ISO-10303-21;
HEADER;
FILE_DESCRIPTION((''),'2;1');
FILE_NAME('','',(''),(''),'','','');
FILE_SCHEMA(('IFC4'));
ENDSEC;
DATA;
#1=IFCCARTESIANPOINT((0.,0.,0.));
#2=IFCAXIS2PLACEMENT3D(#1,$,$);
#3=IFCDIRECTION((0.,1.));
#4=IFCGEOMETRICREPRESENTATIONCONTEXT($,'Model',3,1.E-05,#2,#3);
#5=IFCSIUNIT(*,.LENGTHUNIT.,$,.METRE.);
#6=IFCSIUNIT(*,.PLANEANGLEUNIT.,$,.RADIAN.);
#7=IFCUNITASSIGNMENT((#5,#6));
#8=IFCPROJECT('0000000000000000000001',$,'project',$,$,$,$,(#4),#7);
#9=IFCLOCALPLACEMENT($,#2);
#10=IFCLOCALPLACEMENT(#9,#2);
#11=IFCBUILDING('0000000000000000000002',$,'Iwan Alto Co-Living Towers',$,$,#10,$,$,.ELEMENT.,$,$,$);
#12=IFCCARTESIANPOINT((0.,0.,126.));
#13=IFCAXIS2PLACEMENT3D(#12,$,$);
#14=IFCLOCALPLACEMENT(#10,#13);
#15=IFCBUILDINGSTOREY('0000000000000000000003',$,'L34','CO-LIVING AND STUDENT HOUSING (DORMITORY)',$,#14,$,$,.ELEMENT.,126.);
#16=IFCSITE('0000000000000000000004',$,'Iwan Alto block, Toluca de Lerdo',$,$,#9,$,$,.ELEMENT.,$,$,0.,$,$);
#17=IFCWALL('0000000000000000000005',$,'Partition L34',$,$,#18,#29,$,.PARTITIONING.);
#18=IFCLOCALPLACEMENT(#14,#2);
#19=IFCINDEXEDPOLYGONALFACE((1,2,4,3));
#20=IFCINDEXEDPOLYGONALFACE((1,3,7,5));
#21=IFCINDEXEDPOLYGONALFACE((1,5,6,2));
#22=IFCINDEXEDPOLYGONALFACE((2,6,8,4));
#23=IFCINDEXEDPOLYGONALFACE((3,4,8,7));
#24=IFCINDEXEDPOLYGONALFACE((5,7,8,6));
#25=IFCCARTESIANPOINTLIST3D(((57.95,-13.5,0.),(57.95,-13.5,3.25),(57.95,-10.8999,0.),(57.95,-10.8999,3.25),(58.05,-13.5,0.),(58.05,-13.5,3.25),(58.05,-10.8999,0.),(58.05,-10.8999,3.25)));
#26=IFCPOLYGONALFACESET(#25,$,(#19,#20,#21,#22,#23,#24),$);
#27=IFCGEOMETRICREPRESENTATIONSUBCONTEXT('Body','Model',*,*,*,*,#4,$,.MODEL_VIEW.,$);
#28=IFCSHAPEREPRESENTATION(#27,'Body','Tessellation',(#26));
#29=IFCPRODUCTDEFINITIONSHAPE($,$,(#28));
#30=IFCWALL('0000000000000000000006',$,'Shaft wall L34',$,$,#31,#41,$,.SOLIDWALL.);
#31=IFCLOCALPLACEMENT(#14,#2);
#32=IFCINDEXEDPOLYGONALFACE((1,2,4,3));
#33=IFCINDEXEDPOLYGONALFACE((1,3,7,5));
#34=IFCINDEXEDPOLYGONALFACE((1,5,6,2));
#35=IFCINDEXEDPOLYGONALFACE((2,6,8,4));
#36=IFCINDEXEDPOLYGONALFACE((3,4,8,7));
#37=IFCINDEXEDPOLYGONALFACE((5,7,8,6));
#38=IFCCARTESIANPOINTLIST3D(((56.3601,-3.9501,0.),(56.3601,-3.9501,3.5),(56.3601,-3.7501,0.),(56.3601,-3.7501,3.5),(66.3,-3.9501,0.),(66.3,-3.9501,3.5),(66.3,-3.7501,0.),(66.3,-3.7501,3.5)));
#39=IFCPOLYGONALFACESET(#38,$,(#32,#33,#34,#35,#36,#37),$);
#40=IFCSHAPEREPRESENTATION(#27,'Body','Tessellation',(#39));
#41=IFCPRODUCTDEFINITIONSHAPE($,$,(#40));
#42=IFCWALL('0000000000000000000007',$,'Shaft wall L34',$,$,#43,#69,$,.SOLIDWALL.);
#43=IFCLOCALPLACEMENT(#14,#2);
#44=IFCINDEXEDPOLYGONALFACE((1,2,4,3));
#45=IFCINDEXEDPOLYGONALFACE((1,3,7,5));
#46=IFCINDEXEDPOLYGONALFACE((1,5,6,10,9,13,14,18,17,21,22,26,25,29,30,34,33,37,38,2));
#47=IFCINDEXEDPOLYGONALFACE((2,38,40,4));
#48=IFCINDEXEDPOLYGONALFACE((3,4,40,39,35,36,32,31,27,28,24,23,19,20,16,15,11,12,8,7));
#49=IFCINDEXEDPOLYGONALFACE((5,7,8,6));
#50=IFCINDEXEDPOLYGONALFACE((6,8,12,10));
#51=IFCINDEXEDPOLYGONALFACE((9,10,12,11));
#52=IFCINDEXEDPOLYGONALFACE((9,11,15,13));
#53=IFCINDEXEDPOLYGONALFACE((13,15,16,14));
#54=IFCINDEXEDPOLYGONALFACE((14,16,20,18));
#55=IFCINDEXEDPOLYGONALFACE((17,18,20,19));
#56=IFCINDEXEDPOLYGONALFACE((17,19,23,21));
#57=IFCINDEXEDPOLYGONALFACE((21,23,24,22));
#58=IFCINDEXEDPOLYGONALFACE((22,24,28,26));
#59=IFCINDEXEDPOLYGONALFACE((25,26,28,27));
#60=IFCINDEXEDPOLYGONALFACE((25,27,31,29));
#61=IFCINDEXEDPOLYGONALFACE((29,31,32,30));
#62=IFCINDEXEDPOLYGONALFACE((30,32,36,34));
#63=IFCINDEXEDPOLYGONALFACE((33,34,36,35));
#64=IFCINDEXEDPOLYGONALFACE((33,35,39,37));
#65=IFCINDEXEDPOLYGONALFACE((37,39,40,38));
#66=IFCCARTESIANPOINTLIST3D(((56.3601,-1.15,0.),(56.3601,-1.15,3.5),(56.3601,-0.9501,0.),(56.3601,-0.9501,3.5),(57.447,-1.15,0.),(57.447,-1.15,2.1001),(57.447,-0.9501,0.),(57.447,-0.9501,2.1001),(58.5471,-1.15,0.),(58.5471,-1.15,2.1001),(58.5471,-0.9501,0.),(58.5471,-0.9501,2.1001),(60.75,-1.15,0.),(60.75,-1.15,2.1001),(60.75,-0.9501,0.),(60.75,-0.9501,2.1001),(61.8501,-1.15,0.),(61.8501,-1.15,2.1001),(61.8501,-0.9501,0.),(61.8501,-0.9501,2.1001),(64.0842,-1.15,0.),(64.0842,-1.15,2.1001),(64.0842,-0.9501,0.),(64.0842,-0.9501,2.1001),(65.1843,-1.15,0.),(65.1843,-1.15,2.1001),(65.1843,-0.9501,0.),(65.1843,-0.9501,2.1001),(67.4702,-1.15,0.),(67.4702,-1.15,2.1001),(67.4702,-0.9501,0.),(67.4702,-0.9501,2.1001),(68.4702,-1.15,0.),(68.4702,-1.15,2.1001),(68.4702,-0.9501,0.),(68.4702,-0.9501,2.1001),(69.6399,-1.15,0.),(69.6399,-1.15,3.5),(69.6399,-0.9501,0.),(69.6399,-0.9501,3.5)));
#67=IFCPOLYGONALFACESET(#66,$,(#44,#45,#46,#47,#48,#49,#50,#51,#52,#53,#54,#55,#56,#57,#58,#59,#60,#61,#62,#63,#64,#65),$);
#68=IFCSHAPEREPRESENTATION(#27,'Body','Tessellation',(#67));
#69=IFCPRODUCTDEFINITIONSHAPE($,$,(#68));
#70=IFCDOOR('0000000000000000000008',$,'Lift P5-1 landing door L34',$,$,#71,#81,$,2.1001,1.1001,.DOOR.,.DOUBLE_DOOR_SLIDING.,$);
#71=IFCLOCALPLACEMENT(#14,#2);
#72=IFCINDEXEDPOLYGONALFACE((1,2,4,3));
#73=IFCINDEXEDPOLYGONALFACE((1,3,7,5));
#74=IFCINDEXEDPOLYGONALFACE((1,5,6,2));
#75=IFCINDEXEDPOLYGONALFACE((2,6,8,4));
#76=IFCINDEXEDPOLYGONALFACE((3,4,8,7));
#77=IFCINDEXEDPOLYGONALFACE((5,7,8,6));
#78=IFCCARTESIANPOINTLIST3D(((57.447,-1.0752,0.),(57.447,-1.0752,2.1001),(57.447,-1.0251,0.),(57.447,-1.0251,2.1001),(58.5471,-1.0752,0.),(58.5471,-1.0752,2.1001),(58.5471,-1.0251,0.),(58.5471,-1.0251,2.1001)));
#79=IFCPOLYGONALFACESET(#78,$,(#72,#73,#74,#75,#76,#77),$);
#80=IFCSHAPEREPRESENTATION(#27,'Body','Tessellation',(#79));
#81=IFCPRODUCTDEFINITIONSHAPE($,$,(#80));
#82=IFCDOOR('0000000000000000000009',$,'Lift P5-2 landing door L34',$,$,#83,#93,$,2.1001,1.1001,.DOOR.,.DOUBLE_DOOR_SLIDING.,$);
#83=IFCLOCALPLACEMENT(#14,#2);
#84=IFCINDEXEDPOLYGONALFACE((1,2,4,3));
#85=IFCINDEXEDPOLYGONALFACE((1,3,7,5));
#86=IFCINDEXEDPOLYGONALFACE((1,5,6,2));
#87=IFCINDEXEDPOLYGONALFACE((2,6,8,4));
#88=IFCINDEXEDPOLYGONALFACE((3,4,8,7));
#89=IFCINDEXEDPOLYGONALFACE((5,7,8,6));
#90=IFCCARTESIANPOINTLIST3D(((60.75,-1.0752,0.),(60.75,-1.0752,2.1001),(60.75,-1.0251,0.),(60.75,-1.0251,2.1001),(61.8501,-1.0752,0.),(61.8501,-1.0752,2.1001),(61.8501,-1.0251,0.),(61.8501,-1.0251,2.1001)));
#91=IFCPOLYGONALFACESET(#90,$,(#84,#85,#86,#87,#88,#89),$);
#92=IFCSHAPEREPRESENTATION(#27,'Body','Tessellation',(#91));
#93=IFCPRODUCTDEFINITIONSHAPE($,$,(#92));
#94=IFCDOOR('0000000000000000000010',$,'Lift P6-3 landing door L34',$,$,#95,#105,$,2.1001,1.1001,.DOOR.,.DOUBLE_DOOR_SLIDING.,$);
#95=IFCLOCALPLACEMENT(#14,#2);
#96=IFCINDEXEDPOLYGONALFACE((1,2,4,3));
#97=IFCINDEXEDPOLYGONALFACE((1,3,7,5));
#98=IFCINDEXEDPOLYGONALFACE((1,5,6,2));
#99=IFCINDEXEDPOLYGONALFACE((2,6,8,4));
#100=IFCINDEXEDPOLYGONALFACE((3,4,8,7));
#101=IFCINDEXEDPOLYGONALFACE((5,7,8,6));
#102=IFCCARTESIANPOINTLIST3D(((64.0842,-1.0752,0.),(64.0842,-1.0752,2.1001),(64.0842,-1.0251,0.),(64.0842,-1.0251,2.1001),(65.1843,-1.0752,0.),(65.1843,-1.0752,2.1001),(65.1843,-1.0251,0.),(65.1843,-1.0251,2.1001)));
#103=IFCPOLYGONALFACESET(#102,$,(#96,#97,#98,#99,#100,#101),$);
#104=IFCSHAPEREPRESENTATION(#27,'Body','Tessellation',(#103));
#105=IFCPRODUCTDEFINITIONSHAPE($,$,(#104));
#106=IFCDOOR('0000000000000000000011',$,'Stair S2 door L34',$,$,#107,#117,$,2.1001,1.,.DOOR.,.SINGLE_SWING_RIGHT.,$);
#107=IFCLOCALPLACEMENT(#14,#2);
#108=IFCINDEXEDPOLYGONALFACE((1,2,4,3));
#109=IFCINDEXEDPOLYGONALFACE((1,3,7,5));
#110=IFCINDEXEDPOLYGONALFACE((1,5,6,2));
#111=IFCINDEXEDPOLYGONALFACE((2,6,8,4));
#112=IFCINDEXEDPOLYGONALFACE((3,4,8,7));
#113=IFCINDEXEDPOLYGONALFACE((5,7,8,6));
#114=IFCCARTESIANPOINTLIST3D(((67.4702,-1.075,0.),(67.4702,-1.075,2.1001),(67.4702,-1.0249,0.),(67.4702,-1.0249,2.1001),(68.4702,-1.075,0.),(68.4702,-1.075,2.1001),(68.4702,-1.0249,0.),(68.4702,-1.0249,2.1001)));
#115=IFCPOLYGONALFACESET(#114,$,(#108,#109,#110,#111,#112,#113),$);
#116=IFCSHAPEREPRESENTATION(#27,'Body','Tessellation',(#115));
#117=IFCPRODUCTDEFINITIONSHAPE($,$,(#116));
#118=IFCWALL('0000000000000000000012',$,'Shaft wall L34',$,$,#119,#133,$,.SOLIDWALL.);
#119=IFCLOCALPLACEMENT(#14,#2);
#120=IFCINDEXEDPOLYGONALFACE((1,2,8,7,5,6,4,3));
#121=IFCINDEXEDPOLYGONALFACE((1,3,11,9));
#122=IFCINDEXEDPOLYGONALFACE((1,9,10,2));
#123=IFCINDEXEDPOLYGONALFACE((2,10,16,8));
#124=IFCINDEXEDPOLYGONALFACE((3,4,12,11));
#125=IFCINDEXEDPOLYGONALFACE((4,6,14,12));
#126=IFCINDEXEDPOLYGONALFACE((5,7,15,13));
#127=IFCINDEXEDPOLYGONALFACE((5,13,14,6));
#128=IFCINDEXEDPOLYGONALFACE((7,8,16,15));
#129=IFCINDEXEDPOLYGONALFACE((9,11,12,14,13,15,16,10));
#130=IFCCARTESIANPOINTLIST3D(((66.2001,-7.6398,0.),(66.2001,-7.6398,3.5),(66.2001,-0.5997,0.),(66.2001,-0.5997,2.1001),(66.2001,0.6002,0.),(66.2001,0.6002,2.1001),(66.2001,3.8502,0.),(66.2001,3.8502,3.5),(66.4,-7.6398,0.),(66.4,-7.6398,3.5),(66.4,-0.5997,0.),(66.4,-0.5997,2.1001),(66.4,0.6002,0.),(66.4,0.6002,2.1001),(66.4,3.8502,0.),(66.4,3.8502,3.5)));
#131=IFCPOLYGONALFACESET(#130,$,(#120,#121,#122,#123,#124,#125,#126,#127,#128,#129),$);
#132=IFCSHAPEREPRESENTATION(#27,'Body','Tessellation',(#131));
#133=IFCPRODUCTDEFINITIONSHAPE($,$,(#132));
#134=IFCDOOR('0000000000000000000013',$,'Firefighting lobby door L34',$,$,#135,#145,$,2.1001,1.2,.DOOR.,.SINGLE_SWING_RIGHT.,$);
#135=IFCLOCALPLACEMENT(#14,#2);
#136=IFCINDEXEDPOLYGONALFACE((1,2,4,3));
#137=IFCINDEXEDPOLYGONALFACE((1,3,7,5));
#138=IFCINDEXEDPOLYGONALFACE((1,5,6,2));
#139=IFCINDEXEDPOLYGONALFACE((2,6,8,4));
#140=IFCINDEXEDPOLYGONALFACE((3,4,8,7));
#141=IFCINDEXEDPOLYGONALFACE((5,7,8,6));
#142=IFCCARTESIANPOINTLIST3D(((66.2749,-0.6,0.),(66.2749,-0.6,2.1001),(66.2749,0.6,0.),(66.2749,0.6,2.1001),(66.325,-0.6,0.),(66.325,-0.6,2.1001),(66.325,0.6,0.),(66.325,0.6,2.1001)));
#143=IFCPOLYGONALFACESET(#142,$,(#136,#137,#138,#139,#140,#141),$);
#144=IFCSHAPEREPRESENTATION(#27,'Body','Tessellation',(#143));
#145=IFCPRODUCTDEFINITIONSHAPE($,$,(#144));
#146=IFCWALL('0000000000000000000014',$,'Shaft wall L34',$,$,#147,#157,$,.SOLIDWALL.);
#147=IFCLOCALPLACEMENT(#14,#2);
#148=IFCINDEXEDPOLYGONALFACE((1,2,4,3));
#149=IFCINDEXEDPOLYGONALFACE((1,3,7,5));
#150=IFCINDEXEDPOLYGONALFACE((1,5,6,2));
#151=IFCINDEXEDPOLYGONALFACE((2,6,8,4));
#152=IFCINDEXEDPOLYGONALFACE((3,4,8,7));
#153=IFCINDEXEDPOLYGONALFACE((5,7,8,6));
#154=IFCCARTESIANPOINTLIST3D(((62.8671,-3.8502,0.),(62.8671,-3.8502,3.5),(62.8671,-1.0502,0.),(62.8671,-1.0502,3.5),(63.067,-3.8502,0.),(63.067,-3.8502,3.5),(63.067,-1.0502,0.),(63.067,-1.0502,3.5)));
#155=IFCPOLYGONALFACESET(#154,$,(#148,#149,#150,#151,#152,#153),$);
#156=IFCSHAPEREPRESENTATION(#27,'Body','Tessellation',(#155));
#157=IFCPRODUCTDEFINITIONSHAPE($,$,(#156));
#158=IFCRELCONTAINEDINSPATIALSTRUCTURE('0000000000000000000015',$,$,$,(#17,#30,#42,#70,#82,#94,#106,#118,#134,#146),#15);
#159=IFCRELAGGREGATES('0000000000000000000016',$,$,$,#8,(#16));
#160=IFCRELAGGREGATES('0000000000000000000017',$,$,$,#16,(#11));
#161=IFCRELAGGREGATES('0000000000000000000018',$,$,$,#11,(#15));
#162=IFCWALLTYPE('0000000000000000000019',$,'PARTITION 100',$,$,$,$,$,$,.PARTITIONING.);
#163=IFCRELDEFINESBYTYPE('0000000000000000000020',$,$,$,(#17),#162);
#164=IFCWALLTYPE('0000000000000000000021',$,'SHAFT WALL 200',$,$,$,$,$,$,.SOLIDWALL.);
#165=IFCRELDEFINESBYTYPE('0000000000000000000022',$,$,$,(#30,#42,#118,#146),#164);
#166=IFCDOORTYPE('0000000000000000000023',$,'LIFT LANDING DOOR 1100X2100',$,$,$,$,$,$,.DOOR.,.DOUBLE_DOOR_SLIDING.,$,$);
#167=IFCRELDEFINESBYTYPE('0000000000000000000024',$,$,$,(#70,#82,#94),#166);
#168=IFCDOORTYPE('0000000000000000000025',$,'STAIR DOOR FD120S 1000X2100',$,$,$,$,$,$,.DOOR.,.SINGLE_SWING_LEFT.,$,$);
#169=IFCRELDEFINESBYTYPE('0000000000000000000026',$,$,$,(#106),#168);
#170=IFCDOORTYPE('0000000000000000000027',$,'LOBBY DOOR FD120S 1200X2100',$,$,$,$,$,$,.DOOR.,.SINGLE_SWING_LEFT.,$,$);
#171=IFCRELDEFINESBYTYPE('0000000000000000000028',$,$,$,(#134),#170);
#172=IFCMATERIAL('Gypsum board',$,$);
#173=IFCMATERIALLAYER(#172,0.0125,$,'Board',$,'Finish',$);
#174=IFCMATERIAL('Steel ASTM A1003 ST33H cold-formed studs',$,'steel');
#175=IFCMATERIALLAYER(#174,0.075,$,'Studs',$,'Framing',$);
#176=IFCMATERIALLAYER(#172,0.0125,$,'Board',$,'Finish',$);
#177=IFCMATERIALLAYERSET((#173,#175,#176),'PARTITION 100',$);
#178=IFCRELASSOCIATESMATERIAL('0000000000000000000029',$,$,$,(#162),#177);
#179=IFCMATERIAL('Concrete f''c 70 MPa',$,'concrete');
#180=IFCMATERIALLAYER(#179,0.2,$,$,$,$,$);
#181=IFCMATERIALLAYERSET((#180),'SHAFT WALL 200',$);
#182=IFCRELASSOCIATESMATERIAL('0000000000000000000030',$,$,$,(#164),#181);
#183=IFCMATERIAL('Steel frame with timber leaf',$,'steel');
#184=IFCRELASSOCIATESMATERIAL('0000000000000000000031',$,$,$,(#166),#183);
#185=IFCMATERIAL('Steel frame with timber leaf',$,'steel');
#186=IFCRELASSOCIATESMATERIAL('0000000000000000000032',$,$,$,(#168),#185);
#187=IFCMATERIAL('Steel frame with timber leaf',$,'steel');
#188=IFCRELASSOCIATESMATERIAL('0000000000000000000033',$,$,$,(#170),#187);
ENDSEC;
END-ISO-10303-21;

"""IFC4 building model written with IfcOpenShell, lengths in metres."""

from ifc_helpers import new_model, si_unit, direction, frame, frame_2d, origin, place, context, subcontext, project, spatial, rectangle, extrude, material, layer, layer_set, type_object, element, fill, save


model = new_model("IFC4")

# Units and contexts
model_context = context("Model", 3, precision=1e-05, world=origin(), true_north=direction((0.0, 1.0)))
body_context = subcontext(model_context, "Body", "Model", "MODEL_VIEW")
ifc_project = project(units=[si_unit("LENGTHUNIT", "METRE"), si_unit("PLANEANGLEUNIT", "RADIAN")], contexts=[model_context])

# Site, building, storey
site_placement = place(None, origin())
site = spatial("IfcSite", under=ifc_project, at=site_placement, Name="Iwan Alto block, Toluca de Lerdo", CompositionType="ELEMENT", RefElevation=0.0)
building_placement = place(site_placement, origin())
building = spatial("IfcBuilding", under=site, at=building_placement, Name="Iwan Alto Co-Living Towers", CompositionType="ELEMENT")
storey_placement = place(building_placement, frame((0.0, 0.0, 126.0)))
storey = spatial("IfcBuildingStorey", under=building, at=storey_placement, Name="L34", Description="CO-LIVING AND STUDENT HOUSING (DORMITORY)", CompositionType="ELEMENT", Elevation=126.0)

# Shared definitions
ifc_material_1 = material(Name="Gypsum board")
ifc_layer_1 = layer(ifc_material_1, 0.0125, Name="Board", Category="Finish")
ifc_material_2 = material(Name="Steel ASTM A1003 ST33H cold-formed studs", Category="steel")
ifc_layer_2 = layer(ifc_material_2, 0.075, Name="Studs", Category="Framing")
ifc_layer_3 = layer(ifc_material_1, 0.0125, Name="Board", Category="Finish")
ifc_layer_set_1 = layer_set([ifc_layer_1, ifc_layer_2, ifc_layer_3], Name="PARTITION 100")
wall_type_1 = type_object("IfcWallType", Name="PARTITION 100", PredefinedType="PARTITIONING", material=ifc_layer_set_1)

# Walls
for number, where, z_axis, x_axis, name in (
    (1, (58.0, -13.5, 0.0), (0.0, 0.0, 1.0), (0.0, 1.0, 0.0), "Partition L34"),
):
    element("IfcWall", number, at=place(storey_placement, frame(where, z_axis=z_axis, x_axis=x_axis)), inside=storey, type_object=wall_type_1, Name=name, PredefinedType="PARTITIONING", context=body_context, shape_type="SweptSolid", body=[
        extrude(rectangle(XDim=2.6001, YDim=0.1001, at=frame_2d((1.3, 0.0))), origin(), (0.0, 0.0, 1.0), 3.25),
    ])
ifc_material_3 = material(Name="Concrete f'c 70 MPa", Category="concrete")
ifc_layer_4 = layer(ifc_material_3, 0.2)
ifc_layer_set_2 = layer_set([ifc_layer_4], Name="SHAFT WALL 200")
wall_type_2 = type_object("IfcWallType", Name="SHAFT WALL 200", PredefinedType="SOLIDWALL", material=ifc_layer_set_2)
wall_1_placement = place(storey_placement, frame((56.3601, -3.8501, 0.0), z_axis=(0.0, 0.0, 1.0), x_axis=(1.0, 0.0, 0.0)))
element("IfcWall", 2, at=wall_1_placement, inside=storey, type_object=wall_type_2, Name="Shaft wall L34", PredefinedType="SOLIDWALL", context=body_context, shape_type="SweptSolid", body=[
    extrude(rectangle(XDim=9.9399, YDim=0.2, at=frame_2d((4.97, 0.0))), origin(), (0.0, 0.0, 1.0), 3.5),
])

# Wall, openings, doors
wall_2_placement = place(storey_placement, frame((56.3601, -1.05, 0.0), z_axis=(0.0, 0.0, 1.0), x_axis=(1.0, 0.0, 0.0)))
wall_2 = element("IfcWall", 3, at=wall_2_placement, inside=storey, type_object=wall_type_2, Name="Shaft wall L34", PredefinedType="SOLIDWALL", context=body_context, shape_type="SweptSolid", body=[
    extrude(rectangle(XDim=13.2798, YDim=0.2, at=frame_2d((6.6399, 0.0))), origin(), (0.0, 0.0, 1.0), 3.5),
])
opening_1_placement = place(wall_2_placement, frame((11.1101, 0.0, 0.0)))
opening_1 = element("IfcOpeningElement", 4, at=opening_1_placement, cuts=wall_2, PredefinedType="OPENING", context=body_context, shape_type="SweptSolid", body=[
    extrude(rectangle(XDim=1.0, YDim=2.1001, at=frame_2d((0.5, 1.05))), frame((0.0, 0.1099, 0.0), z_axis=(0.0, -1.0, 0.0), x_axis=(1.0, 0.0, 0.0)), (0.0, 0.0, 1.0), 0.22),
])
opening_2_placement = place(wall_2_placement, frame((1.0869, 0.0, 0.0)))
opening_2 = element("IfcOpeningElement", 5, at=opening_2_placement, cuts=wall_2, PredefinedType="OPENING", context=body_context, shape_type="SweptSolid", body=[
    extrude(rectangle(XDim=1.1001, YDim=2.1001, at=frame_2d((0.55, 1.05))), frame((0.0, 0.1099, 0.0), z_axis=(0.0, -1.0, 0.0), x_axis=(1.0, 0.0, 0.0)), (0.0, 0.0, 1.0), 0.22),
])
opening_3_placement = place(wall_2_placement, frame((4.3899, 0.0, 0.0)))
opening_3 = element("IfcOpeningElement", 6, at=opening_3_placement, cuts=wall_2, PredefinedType="OPENING", context=body_context, shape_type="SweptSolid", body=[
    extrude(rectangle(XDim=1.1001, YDim=2.1001, at=frame_2d((0.55, 1.05))), frame((0.0, 0.1099, 0.0), z_axis=(0.0, -1.0, 0.0), x_axis=(1.0, 0.0, 0.0)), (0.0, 0.0, 1.0), 0.22),
])
opening_4_placement = place(wall_2_placement, frame((7.7241, 0.0, 0.0)))
opening_4 = element("IfcOpeningElement", 7, at=opening_4_placement, cuts=wall_2, PredefinedType="OPENING", context=body_context, shape_type="SweptSolid", body=[
    extrude(rectangle(XDim=1.1001, YDim=2.1001, at=frame_2d((0.55, 1.05))), frame((0.0, 0.1099, 0.0), z_axis=(0.0, -1.0, 0.0), x_axis=(1.0, 0.0, 0.0)), (0.0, 0.0, 1.0), 0.22),
])
ifc_material_4 = material(Name="Steel frame with timber leaf", Category="steel")
door_type_1 = type_object("IfcDoorType", Name="LIFT LANDING DOOR 1100X2100", OperationType="DOUBLE_DOOR_SLIDING", PredefinedType="DOOR", material=ifc_material_4)
door_1_placement = place(opening_2_placement, origin())
door_1 = element("IfcDoor", 8, at=door_1_placement, inside=storey, type_object=door_type_1, Name="Lift P5-1 landing door L34", OperationType="DOUBLE_DOOR_SLIDING", OverallHeight=2.1001, OverallWidth=1.1001, PredefinedType="DOOR", context=body_context, shape_type="SweptSolid", body=[
    extrude(rectangle(XDim=1.1001, YDim=2.1001, at=frame_2d((0.55, 1.05))), frame((0.0, 0.0249, 0.0), z_axis=(0.0, -1.0, 0.0), x_axis=(1.0, 0.0, 0.0)), (0.0, 0.0, 1.0), 0.05),
])
fill(opening_2, door_1)
door_2_placement = place(opening_3_placement, origin())
door_2 = element("IfcDoor", 9, at=door_2_placement, inside=storey, type_object=door_type_1, Name="Lift P5-2 landing door L34", OperationType="DOUBLE_DOOR_SLIDING", OverallHeight=2.1001, OverallWidth=1.1001, PredefinedType="DOOR", context=body_context, shape_type="SweptSolid", body=[
    extrude(rectangle(XDim=1.1001, YDim=2.1001, at=frame_2d((0.55, 1.05))), frame((0.0, 0.0249, 0.0), z_axis=(0.0, -1.0, 0.0), x_axis=(1.0, 0.0, 0.0)), (0.0, 0.0, 1.0), 0.05),
])
fill(opening_3, door_2)
door_3_placement = place(opening_4_placement, origin())
door_3 = element("IfcDoor", 10, at=door_3_placement, inside=storey, type_object=door_type_1, Name="Lift P6-3 landing door L34", OperationType="DOUBLE_DOOR_SLIDING", OverallHeight=2.1001, OverallWidth=1.1001, PredefinedType="DOOR", context=body_context, shape_type="SweptSolid", body=[
    extrude(rectangle(XDim=1.1001, YDim=2.1001, at=frame_2d((0.55, 1.05))), frame((0.0, 0.0249, 0.0), z_axis=(0.0, -1.0, 0.0), x_axis=(1.0, 0.0, 0.0)), (0.0, 0.0, 1.0), 0.05),
])
fill(opening_4, door_3)
ifc_material_5 = material(Name="Steel frame with timber leaf", Category="steel")
door_type_2 = type_object("IfcDoorType", Name="STAIR DOOR FD120S 1000X2100", OperationType="SINGLE_SWING_LEFT", PredefinedType="DOOR", material=ifc_material_5)
door_4_placement = place(opening_1_placement, frame((1.0, 0.0, 0.0), z_axis=(0.0, 0.0, 1.0), x_axis=(-1.0, 0.0, 0.0)))
door_4 = element("IfcDoor", 11, at=door_4_placement, inside=storey, type_object=door_type_2, Name="Stair S2 door L34", OperationType="SINGLE_SWING_RIGHT", OverallHeight=2.1001, OverallWidth=1.0, PredefinedType="DOOR", context=body_context, shape_type="SweptSolid", body=[
    extrude(rectangle(XDim=1.0, YDim=2.1001, at=frame_2d((0.5, 1.05))), frame((0.0, 0.0249, 0.0), z_axis=(0.0, -1.0, 0.0), x_axis=(1.0, 0.0, 0.0)), (0.0, 0.0, 1.0), 0.05),
])
fill(opening_1, door_4)

# Wall, opening, door
wall_3_placement = place(storey_placement, frame((66.3, -7.6399, 0.0), z_axis=(0.0, 0.0, 1.0), x_axis=(0.0, 1.0, 0.0)))
wall_3 = element("IfcWall", 12, at=wall_3_placement, inside=storey, type_object=wall_type_2, Name="Shaft wall L34", PredefinedType="SOLIDWALL", context=body_context, shape_type="SweptSolid", body=[
    extrude(rectangle(XDim=11.49, YDim=0.2, at=frame_2d((5.7451, 0.0))), origin(), (0.0, 0.0, 1.0), 3.5),
])
opening_5_placement = place(wall_3_placement, frame((7.04, 0.0, 0.0)))
opening_5 = element("IfcOpeningElement", 13, at=opening_5_placement, cuts=wall_3, PredefinedType="OPENING", context=body_context, shape_type="SweptSolid", body=[
    extrude(rectangle(XDim=1.2, YDim=2.1001, at=frame_2d((0.6001, 1.05))), frame((0.0, 0.1099, 0.0), z_axis=(0.0, -1.0, 0.0), x_axis=(1.0, 0.0, 0.0)), (0.0, 0.0, 1.0), 0.22),
])
ifc_material_6 = material(Name="Steel frame with timber leaf", Category="steel")
door_type_3 = type_object("IfcDoorType", Name="LOBBY DOOR FD120S 1200X2100", OperationType="SINGLE_SWING_LEFT", PredefinedType="DOOR", material=ifc_material_6)
door_5_placement = place(opening_5_placement, frame((1.2, 0.0, 0.0), z_axis=(0.0, 0.0, 1.0), x_axis=(-1.0, 0.0, 0.0)))
door_5 = element("IfcDoor", 14, at=door_5_placement, inside=storey, type_object=door_type_3, Name="Firefighting lobby door L34", OperationType="SINGLE_SWING_RIGHT", OverallHeight=2.1001, OverallWidth=1.2, PredefinedType="DOOR", context=body_context, shape_type="SweptSolid", body=[
    extrude(rectangle(XDim=1.2, YDim=2.1001, at=frame_2d((0.6001, 1.05))), frame((0.0, 0.0249, 0.0), z_axis=(0.0, -1.0, 0.0), x_axis=(1.0, 0.0, 0.0)), (0.0, 0.0, 1.0), 0.05),
])
fill(opening_5, door_5)

# Wall
wall_4_placement = place(storey_placement, frame((62.967, -3.8501, 0.0), z_axis=(0.0, 0.0, 1.0), x_axis=(0.0, 1.0, 0.0)))
element("IfcWall", 15, at=wall_4_placement, inside=storey, type_object=wall_type_2, Name="Shaft wall L34", PredefinedType="SOLIDWALL", context=body_context, shape_type="SweptSolid", body=[
    extrude(rectangle(XDim=2.8, YDim=0.2, at=frame_2d((1.3999, 0.0))), origin(), (0.0, 0.0, 1.0), 3.5),
])

save(model, "model.ifc")
